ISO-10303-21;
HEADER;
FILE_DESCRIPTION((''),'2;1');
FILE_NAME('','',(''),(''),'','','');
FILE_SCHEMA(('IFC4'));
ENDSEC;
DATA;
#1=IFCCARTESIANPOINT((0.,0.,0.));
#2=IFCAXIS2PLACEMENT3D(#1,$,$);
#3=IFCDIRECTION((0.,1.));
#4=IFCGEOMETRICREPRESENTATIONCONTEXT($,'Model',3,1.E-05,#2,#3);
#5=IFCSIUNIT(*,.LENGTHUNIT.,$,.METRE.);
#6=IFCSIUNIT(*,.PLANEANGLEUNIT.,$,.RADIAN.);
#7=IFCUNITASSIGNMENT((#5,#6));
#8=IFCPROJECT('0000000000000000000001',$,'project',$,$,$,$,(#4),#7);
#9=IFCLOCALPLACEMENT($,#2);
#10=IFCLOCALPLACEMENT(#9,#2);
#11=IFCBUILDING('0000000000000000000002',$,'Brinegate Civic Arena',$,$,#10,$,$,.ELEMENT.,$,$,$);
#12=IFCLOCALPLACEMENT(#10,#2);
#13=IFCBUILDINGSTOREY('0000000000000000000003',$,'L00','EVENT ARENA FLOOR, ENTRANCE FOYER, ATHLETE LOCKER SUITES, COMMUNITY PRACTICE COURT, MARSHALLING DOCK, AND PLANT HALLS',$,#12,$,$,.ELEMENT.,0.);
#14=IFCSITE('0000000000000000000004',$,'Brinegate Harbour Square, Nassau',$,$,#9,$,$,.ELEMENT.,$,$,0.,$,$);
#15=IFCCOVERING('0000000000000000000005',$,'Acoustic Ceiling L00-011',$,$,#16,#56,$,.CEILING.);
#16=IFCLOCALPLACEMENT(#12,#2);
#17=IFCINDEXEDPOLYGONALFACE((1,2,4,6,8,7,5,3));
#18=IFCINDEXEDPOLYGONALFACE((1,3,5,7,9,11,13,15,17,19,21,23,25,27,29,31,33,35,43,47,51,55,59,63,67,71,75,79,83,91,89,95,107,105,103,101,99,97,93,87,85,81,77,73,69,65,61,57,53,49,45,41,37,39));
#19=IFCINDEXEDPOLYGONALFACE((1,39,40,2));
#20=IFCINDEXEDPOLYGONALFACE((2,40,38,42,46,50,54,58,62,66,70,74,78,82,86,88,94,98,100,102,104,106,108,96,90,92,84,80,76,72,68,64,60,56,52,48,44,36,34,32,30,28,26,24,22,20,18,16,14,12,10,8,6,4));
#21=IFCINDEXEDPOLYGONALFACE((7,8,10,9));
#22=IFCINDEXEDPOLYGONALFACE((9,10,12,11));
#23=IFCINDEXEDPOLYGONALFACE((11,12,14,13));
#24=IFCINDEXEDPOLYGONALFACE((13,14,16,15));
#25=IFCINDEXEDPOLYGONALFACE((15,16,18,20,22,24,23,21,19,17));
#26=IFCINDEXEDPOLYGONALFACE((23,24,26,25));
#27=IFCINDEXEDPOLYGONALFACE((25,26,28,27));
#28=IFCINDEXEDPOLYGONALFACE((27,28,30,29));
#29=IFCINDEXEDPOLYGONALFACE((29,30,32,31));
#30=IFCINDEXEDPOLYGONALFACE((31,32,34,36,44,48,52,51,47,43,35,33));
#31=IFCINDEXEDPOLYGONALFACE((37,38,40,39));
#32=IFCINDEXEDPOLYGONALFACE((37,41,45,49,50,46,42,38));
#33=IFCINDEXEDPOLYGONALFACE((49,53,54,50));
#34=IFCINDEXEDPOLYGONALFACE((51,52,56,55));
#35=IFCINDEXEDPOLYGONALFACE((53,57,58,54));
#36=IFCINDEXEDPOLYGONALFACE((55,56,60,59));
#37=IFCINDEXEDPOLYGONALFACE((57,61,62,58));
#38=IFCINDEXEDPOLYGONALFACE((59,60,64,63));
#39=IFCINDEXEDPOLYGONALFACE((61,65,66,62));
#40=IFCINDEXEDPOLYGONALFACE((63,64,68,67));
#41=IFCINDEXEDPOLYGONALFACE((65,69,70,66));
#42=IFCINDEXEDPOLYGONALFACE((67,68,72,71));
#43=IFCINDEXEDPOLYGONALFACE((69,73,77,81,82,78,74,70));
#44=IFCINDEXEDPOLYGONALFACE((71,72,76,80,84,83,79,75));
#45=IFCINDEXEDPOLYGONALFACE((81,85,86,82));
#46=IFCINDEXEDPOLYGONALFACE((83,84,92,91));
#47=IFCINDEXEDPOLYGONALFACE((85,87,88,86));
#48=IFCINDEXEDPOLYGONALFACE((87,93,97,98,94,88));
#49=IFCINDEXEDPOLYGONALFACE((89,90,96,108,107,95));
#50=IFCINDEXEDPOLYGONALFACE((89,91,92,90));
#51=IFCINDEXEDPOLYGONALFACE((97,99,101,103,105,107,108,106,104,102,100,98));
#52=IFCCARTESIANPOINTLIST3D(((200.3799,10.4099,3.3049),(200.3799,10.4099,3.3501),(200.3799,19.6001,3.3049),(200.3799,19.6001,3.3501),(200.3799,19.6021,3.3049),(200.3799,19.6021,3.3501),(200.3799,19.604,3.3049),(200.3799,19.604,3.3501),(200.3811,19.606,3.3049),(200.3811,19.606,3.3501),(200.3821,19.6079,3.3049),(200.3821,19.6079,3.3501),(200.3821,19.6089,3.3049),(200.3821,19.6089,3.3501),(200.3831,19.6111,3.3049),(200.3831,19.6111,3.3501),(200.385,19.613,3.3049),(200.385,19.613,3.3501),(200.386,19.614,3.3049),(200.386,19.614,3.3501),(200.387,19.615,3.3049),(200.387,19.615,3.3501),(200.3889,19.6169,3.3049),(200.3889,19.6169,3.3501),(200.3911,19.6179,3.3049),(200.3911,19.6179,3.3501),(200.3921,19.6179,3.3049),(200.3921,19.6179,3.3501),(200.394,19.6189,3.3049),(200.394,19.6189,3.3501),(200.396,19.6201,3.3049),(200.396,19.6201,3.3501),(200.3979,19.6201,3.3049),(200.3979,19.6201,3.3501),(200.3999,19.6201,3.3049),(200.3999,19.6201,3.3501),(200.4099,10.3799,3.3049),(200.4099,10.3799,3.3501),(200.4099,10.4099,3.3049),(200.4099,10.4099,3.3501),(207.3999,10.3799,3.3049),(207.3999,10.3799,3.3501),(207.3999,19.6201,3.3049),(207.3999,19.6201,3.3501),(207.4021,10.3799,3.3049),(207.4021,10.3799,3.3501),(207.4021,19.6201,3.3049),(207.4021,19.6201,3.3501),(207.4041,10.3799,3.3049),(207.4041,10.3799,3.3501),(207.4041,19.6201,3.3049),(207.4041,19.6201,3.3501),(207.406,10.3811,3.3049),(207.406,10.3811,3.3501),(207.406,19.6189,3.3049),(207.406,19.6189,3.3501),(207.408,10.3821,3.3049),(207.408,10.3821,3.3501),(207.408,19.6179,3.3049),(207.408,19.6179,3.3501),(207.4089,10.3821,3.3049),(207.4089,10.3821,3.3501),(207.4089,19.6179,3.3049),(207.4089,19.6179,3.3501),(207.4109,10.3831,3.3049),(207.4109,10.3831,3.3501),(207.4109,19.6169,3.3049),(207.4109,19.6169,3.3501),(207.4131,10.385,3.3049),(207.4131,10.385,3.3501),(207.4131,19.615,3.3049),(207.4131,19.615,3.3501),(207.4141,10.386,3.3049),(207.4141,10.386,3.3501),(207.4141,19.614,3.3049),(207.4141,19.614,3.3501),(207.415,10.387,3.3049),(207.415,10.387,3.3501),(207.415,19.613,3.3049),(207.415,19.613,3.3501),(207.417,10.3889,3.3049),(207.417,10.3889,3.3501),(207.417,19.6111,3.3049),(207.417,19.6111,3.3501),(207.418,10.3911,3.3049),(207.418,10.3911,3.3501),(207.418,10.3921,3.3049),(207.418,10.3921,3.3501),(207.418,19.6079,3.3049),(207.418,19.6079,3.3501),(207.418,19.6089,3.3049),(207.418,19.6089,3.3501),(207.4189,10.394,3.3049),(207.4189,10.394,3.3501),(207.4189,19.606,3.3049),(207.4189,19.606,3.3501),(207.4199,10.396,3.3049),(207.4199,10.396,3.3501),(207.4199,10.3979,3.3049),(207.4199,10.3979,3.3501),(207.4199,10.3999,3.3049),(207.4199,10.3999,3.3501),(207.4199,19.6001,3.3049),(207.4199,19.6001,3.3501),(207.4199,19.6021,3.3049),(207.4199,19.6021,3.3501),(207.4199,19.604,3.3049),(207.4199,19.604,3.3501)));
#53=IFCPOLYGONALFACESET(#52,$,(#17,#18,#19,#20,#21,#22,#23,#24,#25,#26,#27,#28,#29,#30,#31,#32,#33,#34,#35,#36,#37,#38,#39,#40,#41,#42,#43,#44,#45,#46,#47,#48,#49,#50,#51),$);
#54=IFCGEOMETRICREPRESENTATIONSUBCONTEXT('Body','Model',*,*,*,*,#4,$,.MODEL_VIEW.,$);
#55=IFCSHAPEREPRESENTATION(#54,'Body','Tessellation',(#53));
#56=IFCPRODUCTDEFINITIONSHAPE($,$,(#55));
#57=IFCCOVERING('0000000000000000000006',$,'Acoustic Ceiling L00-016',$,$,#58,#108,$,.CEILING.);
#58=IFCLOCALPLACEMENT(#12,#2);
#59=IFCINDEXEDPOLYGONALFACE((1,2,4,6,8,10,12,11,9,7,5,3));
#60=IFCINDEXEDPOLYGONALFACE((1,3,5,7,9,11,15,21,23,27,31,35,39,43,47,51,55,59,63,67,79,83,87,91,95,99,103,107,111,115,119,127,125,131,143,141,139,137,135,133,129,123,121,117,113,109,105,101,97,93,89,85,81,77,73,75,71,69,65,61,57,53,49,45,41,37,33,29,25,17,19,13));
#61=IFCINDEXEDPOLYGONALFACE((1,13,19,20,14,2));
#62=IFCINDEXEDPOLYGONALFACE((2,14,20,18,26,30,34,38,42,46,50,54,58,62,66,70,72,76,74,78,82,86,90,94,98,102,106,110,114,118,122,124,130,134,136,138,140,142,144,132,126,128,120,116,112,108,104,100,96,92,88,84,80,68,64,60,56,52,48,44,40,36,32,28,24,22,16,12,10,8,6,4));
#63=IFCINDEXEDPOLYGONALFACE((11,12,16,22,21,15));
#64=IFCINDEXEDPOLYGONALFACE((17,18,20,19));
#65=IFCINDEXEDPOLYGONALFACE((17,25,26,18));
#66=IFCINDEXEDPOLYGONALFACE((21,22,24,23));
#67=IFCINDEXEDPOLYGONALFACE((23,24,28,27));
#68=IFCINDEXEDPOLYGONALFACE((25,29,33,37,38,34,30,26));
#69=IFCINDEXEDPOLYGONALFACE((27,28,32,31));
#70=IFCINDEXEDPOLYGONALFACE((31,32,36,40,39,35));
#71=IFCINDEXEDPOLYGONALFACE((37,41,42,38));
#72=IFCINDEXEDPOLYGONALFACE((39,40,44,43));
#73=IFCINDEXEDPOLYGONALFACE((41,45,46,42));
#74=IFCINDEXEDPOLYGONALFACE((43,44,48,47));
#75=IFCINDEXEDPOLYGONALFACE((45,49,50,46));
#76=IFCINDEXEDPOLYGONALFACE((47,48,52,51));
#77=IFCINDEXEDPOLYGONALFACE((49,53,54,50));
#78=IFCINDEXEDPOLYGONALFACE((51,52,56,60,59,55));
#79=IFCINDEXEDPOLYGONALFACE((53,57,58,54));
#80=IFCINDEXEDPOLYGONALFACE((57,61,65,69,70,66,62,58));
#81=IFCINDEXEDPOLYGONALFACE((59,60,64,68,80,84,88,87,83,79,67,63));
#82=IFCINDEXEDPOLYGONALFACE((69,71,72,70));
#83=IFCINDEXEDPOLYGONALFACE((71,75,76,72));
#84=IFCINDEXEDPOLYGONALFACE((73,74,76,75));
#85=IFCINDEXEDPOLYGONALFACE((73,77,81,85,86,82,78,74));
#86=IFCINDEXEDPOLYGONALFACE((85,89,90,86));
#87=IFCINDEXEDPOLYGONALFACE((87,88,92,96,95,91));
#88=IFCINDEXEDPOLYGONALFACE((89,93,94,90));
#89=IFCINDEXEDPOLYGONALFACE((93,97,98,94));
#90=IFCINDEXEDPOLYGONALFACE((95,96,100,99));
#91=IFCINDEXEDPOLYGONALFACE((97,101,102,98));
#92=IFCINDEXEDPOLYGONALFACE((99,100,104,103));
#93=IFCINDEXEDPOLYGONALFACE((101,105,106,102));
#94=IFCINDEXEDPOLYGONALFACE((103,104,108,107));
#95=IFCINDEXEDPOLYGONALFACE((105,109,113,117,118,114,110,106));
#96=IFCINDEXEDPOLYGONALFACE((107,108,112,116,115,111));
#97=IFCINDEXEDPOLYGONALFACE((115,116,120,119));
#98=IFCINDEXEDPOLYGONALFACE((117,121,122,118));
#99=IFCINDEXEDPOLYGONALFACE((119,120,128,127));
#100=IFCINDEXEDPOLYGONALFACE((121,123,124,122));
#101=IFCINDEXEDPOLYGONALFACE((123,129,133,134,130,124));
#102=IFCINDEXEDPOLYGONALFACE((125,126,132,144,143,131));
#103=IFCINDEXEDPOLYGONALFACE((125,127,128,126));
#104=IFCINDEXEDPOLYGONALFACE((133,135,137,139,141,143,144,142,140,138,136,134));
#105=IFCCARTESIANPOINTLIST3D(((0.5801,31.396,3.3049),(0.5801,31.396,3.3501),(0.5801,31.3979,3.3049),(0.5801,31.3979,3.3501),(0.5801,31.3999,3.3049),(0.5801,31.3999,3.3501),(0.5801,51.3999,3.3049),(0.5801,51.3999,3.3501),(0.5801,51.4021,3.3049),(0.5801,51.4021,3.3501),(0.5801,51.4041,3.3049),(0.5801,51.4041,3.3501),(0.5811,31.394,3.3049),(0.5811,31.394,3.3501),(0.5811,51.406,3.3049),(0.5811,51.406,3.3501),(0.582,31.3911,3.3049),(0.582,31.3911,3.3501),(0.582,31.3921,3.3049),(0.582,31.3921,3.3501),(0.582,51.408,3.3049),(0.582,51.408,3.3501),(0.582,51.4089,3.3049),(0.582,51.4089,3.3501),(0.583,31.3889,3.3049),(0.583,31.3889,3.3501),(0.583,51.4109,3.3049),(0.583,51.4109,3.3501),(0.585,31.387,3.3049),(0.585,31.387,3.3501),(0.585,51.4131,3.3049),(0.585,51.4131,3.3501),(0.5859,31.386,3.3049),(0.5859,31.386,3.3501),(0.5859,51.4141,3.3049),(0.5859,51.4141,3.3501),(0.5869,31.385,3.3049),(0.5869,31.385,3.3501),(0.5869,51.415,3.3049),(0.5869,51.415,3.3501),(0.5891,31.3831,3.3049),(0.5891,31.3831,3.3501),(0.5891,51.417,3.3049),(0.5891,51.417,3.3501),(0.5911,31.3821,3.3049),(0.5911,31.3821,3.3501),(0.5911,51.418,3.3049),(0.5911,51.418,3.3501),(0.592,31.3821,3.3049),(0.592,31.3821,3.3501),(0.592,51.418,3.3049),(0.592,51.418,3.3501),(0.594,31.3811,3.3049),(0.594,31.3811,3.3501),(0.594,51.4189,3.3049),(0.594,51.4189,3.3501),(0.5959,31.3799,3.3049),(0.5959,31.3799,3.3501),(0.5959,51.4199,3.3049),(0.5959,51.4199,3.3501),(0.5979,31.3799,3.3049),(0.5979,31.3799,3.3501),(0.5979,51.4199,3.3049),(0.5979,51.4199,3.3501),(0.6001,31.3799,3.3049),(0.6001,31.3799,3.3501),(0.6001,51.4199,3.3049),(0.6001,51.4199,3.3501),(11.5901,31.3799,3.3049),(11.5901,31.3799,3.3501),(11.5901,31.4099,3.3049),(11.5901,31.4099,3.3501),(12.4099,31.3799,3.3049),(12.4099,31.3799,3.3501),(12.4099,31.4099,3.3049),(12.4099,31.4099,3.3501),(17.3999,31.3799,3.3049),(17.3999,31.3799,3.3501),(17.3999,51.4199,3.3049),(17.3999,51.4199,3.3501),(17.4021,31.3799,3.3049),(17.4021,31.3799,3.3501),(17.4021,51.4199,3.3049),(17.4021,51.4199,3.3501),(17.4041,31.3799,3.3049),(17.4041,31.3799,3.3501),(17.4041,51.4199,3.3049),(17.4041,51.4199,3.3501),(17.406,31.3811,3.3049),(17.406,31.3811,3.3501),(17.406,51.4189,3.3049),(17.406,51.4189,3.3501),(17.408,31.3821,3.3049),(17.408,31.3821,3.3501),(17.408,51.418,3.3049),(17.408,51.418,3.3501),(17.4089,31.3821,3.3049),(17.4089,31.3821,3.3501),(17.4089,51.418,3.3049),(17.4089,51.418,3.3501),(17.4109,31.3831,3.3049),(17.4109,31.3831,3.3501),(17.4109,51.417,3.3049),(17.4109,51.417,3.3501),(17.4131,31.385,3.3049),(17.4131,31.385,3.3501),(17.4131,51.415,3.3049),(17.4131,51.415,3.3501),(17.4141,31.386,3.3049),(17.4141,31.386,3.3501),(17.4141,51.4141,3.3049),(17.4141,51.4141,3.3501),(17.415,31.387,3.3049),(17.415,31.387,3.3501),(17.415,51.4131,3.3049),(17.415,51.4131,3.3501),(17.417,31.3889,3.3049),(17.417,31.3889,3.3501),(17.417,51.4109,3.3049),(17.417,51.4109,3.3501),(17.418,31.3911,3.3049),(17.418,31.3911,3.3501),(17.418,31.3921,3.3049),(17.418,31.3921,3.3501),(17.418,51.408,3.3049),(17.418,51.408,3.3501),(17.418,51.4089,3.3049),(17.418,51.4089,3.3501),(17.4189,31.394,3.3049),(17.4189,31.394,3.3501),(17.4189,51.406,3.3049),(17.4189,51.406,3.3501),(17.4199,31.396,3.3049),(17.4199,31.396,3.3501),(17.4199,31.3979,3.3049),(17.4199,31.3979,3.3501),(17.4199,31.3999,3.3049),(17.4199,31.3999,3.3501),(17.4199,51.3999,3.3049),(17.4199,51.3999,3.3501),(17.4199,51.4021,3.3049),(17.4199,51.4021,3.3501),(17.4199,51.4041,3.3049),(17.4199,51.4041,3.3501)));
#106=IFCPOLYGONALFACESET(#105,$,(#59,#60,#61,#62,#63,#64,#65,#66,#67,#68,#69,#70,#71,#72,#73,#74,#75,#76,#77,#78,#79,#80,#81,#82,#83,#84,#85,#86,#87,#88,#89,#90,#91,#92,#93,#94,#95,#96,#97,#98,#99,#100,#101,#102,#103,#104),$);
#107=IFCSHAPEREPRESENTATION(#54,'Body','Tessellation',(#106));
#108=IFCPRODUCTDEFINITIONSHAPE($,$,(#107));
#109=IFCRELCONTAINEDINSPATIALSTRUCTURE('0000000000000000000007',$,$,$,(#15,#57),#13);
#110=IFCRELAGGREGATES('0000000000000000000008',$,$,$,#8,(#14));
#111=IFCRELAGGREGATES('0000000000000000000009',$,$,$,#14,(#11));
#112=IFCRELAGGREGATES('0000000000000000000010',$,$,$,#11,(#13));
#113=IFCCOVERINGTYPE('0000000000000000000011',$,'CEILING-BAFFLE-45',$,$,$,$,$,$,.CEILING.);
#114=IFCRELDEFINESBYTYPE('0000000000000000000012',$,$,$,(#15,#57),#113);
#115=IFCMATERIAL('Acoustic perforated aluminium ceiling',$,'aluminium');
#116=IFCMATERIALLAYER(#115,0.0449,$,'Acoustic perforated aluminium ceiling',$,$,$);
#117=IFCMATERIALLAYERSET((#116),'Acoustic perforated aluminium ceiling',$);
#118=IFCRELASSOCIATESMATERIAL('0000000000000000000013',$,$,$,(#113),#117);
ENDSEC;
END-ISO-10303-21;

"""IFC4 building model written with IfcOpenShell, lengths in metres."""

from ifc_helpers import new_model, si_unit, direction, frame, origin, place, context, subcontext, project, spatial, polyline, outline, extrude, material, layer, layer_set, type_object, element, save


model = new_model("IFC4")

# Units and contexts
model_context = context("Model", 3, precision=1e-05, world=origin(), true_north=direction((0.0, 1.0)))
body_context = subcontext(model_context, "Body", "Model", "MODEL_VIEW")
ifc_project = project(units=[si_unit("LENGTHUNIT", "METRE"), si_unit("PLANEANGLEUNIT", "RADIAN")], contexts=[model_context])

# Site, building, storey
site_placement = place(None, origin())
site = spatial("IfcSite", under=ifc_project, at=site_placement, Name="Brinegate Harbour Square, Nassau", CompositionType="ELEMENT", RefElevation=0.0)
building_placement = place(site_placement, origin())
building = spatial("IfcBuilding", under=site, at=building_placement, Name="Brinegate Civic Arena", CompositionType="ELEMENT")
storey_placement = place(building_placement, origin())
storey = spatial("IfcBuildingStorey", under=building, at=storey_placement, Name="L00", Description="EVENT ARENA FLOOR, ENTRANCE FOYER, ATHLETE LOCKER SUITES, COMMUNITY PRACTICE COURT, MARSHALLING DOCK, AND PLANT HALLS", CompositionType="ELEMENT", Elevation=0.0)

# Coverings
ifc_material_1 = material(Name="Acoustic perforated aluminium ceiling", Category="aluminium")
ifc_layer_1 = layer(ifc_material_1, 0.0449, Name="Acoustic perforated aluminium ceiling")
ifc_layer_set_1 = layer_set([ifc_layer_1], Name="Acoustic perforated aluminium ceiling")
covering_type_1 = type_object("IfcCoveringType", Name="CEILING-BAFFLE-45", PredefinedType="CEILING", material=ifc_layer_set_1)
covering_1_placement = place(storey_placement, frame((0.0, 0.0, 3.3049)))
element("IfcCovering", 1, at=covering_1_placement, inside=storey, type_object=covering_type_1, Name="Acoustic Ceiling L00-011", PredefinedType="CEILING", context=body_context, shape_type="SweptSolid", body=[
    extrude(outline(polyline([(207.4041, 19.6201), (207.406, 19.6189), (207.408, 19.6179), (207.4089, 19.6179), (207.4109, 19.6169), (207.4131, 19.615), (207.4141, 19.614), (207.415, 19.613), (207.417, 19.6111), (207.418, 19.6089), (207.418, 19.6079), (207.4189, 19.606), (207.4199, 19.604), (207.4199, 19.6021), (207.4199, 19.6001), (207.4199, 10.3999), (207.4199, 10.3979), (207.4199, 10.396), (207.4189, 10.394), (207.418, 10.3921), (207.418, 10.3911), (207.417, 10.3889), (207.415, 10.387), (207.4141, 10.386), (207.4131, 10.385), (207.4109, 10.3831), (207.4089, 10.3821), (207.408, 10.3821), (207.406, 10.3811), (207.4041, 10.3799), (207.4021, 10.3799), (207.3999, 10.3799), (200.4099, 10.3799), (200.4099, 10.4099), (200.3799, 10.4099), (200.3799, 19.6001), (200.3799, 19.6021), (200.3799, 19.604), (200.3811, 19.606), (200.3821, 19.6079), (200.3821, 19.6089), (200.3831, 19.6111), (200.385, 19.613), (200.386, 19.614), (200.387, 19.615), (200.3889, 19.6169), (200.3911, 19.6179), (200.3921, 19.6179), (200.394, 19.6189), (200.396, 19.6201), (200.3979, 19.6201), (200.3999, 19.6201), (207.3999, 19.6201), (207.4021, 19.6201), (207.4041, 19.6201)])), origin(), (0.0, 0.0, 1.0), 0.0452),
])
covering_2_placement = place(storey_placement, frame((0.0, 0.0, 3.3049)))
element("IfcCovering", 2, at=covering_2_placement, inside=storey, type_object=covering_type_1, Name="Acoustic Ceiling L00-016", PredefinedType="CEILING", context=body_context, shape_type="SweptSolid", body=[
    extrude(outline(polyline([(17.4041, 51.4199), (17.406, 51.4189), (17.408, 51.418), (17.4089, 51.418), (17.4109, 51.417), (17.4131, 51.415), (17.4141, 51.4141), (17.415, 51.4131), (17.417, 51.4109), (17.418, 51.4089), (17.418, 51.408), (17.4189, 51.406), (17.4199, 51.4041), (17.4199, 51.4021), (17.4199, 51.3999), (17.4199, 31.3999), (17.4199, 31.3979), (17.4199, 31.396), (17.4189, 31.394), (17.418, 31.3921), (17.418, 31.3911), (17.417, 31.3889), (17.415, 31.387), (17.4141, 31.386), (17.4131, 31.385), (17.4109, 31.3831), (17.4089, 31.3821), (17.408, 31.3821), (17.406, 31.3811), (17.4041, 31.3799), (17.4021, 31.3799), (17.3999, 31.3799), (12.4099, 31.3799), (12.4099, 31.4099), (11.5901, 31.4099), (11.5901, 31.3799), (0.6001, 31.3799), (0.5979, 31.3799), (0.5959, 31.3799), (0.594, 31.3811), (0.592, 31.3821), (0.5911, 31.3821), (0.5891, 31.3831), (0.5869, 31.385), (0.5859, 31.386), (0.585, 31.387), (0.583, 31.3889), (0.582, 31.3911), (0.582, 31.3921), (0.5811, 31.394), (0.5801, 31.396), (0.5801, 31.3979), (0.5801, 31.3999), (0.5801, 51.3999), (0.5801, 51.4021), (0.5801, 51.4041), (0.5811, 51.406), (0.582, 51.408), (0.582, 51.4089), (0.583, 51.4109), (0.585, 51.4131), (0.5859, 51.4141), (0.5869, 51.415), (0.5891, 51.417), (0.5911, 51.418), (0.592, 51.418), (0.594, 51.4189), (0.5959, 51.4199), (0.5979, 51.4199), (0.6001, 51.4199), (17.3999, 51.4199), (17.4021, 51.4199), (17.4041, 51.4199)])), origin(), (0.0, 0.0, 1.0), 0.0452),
])

save(model, "model.ifc")
